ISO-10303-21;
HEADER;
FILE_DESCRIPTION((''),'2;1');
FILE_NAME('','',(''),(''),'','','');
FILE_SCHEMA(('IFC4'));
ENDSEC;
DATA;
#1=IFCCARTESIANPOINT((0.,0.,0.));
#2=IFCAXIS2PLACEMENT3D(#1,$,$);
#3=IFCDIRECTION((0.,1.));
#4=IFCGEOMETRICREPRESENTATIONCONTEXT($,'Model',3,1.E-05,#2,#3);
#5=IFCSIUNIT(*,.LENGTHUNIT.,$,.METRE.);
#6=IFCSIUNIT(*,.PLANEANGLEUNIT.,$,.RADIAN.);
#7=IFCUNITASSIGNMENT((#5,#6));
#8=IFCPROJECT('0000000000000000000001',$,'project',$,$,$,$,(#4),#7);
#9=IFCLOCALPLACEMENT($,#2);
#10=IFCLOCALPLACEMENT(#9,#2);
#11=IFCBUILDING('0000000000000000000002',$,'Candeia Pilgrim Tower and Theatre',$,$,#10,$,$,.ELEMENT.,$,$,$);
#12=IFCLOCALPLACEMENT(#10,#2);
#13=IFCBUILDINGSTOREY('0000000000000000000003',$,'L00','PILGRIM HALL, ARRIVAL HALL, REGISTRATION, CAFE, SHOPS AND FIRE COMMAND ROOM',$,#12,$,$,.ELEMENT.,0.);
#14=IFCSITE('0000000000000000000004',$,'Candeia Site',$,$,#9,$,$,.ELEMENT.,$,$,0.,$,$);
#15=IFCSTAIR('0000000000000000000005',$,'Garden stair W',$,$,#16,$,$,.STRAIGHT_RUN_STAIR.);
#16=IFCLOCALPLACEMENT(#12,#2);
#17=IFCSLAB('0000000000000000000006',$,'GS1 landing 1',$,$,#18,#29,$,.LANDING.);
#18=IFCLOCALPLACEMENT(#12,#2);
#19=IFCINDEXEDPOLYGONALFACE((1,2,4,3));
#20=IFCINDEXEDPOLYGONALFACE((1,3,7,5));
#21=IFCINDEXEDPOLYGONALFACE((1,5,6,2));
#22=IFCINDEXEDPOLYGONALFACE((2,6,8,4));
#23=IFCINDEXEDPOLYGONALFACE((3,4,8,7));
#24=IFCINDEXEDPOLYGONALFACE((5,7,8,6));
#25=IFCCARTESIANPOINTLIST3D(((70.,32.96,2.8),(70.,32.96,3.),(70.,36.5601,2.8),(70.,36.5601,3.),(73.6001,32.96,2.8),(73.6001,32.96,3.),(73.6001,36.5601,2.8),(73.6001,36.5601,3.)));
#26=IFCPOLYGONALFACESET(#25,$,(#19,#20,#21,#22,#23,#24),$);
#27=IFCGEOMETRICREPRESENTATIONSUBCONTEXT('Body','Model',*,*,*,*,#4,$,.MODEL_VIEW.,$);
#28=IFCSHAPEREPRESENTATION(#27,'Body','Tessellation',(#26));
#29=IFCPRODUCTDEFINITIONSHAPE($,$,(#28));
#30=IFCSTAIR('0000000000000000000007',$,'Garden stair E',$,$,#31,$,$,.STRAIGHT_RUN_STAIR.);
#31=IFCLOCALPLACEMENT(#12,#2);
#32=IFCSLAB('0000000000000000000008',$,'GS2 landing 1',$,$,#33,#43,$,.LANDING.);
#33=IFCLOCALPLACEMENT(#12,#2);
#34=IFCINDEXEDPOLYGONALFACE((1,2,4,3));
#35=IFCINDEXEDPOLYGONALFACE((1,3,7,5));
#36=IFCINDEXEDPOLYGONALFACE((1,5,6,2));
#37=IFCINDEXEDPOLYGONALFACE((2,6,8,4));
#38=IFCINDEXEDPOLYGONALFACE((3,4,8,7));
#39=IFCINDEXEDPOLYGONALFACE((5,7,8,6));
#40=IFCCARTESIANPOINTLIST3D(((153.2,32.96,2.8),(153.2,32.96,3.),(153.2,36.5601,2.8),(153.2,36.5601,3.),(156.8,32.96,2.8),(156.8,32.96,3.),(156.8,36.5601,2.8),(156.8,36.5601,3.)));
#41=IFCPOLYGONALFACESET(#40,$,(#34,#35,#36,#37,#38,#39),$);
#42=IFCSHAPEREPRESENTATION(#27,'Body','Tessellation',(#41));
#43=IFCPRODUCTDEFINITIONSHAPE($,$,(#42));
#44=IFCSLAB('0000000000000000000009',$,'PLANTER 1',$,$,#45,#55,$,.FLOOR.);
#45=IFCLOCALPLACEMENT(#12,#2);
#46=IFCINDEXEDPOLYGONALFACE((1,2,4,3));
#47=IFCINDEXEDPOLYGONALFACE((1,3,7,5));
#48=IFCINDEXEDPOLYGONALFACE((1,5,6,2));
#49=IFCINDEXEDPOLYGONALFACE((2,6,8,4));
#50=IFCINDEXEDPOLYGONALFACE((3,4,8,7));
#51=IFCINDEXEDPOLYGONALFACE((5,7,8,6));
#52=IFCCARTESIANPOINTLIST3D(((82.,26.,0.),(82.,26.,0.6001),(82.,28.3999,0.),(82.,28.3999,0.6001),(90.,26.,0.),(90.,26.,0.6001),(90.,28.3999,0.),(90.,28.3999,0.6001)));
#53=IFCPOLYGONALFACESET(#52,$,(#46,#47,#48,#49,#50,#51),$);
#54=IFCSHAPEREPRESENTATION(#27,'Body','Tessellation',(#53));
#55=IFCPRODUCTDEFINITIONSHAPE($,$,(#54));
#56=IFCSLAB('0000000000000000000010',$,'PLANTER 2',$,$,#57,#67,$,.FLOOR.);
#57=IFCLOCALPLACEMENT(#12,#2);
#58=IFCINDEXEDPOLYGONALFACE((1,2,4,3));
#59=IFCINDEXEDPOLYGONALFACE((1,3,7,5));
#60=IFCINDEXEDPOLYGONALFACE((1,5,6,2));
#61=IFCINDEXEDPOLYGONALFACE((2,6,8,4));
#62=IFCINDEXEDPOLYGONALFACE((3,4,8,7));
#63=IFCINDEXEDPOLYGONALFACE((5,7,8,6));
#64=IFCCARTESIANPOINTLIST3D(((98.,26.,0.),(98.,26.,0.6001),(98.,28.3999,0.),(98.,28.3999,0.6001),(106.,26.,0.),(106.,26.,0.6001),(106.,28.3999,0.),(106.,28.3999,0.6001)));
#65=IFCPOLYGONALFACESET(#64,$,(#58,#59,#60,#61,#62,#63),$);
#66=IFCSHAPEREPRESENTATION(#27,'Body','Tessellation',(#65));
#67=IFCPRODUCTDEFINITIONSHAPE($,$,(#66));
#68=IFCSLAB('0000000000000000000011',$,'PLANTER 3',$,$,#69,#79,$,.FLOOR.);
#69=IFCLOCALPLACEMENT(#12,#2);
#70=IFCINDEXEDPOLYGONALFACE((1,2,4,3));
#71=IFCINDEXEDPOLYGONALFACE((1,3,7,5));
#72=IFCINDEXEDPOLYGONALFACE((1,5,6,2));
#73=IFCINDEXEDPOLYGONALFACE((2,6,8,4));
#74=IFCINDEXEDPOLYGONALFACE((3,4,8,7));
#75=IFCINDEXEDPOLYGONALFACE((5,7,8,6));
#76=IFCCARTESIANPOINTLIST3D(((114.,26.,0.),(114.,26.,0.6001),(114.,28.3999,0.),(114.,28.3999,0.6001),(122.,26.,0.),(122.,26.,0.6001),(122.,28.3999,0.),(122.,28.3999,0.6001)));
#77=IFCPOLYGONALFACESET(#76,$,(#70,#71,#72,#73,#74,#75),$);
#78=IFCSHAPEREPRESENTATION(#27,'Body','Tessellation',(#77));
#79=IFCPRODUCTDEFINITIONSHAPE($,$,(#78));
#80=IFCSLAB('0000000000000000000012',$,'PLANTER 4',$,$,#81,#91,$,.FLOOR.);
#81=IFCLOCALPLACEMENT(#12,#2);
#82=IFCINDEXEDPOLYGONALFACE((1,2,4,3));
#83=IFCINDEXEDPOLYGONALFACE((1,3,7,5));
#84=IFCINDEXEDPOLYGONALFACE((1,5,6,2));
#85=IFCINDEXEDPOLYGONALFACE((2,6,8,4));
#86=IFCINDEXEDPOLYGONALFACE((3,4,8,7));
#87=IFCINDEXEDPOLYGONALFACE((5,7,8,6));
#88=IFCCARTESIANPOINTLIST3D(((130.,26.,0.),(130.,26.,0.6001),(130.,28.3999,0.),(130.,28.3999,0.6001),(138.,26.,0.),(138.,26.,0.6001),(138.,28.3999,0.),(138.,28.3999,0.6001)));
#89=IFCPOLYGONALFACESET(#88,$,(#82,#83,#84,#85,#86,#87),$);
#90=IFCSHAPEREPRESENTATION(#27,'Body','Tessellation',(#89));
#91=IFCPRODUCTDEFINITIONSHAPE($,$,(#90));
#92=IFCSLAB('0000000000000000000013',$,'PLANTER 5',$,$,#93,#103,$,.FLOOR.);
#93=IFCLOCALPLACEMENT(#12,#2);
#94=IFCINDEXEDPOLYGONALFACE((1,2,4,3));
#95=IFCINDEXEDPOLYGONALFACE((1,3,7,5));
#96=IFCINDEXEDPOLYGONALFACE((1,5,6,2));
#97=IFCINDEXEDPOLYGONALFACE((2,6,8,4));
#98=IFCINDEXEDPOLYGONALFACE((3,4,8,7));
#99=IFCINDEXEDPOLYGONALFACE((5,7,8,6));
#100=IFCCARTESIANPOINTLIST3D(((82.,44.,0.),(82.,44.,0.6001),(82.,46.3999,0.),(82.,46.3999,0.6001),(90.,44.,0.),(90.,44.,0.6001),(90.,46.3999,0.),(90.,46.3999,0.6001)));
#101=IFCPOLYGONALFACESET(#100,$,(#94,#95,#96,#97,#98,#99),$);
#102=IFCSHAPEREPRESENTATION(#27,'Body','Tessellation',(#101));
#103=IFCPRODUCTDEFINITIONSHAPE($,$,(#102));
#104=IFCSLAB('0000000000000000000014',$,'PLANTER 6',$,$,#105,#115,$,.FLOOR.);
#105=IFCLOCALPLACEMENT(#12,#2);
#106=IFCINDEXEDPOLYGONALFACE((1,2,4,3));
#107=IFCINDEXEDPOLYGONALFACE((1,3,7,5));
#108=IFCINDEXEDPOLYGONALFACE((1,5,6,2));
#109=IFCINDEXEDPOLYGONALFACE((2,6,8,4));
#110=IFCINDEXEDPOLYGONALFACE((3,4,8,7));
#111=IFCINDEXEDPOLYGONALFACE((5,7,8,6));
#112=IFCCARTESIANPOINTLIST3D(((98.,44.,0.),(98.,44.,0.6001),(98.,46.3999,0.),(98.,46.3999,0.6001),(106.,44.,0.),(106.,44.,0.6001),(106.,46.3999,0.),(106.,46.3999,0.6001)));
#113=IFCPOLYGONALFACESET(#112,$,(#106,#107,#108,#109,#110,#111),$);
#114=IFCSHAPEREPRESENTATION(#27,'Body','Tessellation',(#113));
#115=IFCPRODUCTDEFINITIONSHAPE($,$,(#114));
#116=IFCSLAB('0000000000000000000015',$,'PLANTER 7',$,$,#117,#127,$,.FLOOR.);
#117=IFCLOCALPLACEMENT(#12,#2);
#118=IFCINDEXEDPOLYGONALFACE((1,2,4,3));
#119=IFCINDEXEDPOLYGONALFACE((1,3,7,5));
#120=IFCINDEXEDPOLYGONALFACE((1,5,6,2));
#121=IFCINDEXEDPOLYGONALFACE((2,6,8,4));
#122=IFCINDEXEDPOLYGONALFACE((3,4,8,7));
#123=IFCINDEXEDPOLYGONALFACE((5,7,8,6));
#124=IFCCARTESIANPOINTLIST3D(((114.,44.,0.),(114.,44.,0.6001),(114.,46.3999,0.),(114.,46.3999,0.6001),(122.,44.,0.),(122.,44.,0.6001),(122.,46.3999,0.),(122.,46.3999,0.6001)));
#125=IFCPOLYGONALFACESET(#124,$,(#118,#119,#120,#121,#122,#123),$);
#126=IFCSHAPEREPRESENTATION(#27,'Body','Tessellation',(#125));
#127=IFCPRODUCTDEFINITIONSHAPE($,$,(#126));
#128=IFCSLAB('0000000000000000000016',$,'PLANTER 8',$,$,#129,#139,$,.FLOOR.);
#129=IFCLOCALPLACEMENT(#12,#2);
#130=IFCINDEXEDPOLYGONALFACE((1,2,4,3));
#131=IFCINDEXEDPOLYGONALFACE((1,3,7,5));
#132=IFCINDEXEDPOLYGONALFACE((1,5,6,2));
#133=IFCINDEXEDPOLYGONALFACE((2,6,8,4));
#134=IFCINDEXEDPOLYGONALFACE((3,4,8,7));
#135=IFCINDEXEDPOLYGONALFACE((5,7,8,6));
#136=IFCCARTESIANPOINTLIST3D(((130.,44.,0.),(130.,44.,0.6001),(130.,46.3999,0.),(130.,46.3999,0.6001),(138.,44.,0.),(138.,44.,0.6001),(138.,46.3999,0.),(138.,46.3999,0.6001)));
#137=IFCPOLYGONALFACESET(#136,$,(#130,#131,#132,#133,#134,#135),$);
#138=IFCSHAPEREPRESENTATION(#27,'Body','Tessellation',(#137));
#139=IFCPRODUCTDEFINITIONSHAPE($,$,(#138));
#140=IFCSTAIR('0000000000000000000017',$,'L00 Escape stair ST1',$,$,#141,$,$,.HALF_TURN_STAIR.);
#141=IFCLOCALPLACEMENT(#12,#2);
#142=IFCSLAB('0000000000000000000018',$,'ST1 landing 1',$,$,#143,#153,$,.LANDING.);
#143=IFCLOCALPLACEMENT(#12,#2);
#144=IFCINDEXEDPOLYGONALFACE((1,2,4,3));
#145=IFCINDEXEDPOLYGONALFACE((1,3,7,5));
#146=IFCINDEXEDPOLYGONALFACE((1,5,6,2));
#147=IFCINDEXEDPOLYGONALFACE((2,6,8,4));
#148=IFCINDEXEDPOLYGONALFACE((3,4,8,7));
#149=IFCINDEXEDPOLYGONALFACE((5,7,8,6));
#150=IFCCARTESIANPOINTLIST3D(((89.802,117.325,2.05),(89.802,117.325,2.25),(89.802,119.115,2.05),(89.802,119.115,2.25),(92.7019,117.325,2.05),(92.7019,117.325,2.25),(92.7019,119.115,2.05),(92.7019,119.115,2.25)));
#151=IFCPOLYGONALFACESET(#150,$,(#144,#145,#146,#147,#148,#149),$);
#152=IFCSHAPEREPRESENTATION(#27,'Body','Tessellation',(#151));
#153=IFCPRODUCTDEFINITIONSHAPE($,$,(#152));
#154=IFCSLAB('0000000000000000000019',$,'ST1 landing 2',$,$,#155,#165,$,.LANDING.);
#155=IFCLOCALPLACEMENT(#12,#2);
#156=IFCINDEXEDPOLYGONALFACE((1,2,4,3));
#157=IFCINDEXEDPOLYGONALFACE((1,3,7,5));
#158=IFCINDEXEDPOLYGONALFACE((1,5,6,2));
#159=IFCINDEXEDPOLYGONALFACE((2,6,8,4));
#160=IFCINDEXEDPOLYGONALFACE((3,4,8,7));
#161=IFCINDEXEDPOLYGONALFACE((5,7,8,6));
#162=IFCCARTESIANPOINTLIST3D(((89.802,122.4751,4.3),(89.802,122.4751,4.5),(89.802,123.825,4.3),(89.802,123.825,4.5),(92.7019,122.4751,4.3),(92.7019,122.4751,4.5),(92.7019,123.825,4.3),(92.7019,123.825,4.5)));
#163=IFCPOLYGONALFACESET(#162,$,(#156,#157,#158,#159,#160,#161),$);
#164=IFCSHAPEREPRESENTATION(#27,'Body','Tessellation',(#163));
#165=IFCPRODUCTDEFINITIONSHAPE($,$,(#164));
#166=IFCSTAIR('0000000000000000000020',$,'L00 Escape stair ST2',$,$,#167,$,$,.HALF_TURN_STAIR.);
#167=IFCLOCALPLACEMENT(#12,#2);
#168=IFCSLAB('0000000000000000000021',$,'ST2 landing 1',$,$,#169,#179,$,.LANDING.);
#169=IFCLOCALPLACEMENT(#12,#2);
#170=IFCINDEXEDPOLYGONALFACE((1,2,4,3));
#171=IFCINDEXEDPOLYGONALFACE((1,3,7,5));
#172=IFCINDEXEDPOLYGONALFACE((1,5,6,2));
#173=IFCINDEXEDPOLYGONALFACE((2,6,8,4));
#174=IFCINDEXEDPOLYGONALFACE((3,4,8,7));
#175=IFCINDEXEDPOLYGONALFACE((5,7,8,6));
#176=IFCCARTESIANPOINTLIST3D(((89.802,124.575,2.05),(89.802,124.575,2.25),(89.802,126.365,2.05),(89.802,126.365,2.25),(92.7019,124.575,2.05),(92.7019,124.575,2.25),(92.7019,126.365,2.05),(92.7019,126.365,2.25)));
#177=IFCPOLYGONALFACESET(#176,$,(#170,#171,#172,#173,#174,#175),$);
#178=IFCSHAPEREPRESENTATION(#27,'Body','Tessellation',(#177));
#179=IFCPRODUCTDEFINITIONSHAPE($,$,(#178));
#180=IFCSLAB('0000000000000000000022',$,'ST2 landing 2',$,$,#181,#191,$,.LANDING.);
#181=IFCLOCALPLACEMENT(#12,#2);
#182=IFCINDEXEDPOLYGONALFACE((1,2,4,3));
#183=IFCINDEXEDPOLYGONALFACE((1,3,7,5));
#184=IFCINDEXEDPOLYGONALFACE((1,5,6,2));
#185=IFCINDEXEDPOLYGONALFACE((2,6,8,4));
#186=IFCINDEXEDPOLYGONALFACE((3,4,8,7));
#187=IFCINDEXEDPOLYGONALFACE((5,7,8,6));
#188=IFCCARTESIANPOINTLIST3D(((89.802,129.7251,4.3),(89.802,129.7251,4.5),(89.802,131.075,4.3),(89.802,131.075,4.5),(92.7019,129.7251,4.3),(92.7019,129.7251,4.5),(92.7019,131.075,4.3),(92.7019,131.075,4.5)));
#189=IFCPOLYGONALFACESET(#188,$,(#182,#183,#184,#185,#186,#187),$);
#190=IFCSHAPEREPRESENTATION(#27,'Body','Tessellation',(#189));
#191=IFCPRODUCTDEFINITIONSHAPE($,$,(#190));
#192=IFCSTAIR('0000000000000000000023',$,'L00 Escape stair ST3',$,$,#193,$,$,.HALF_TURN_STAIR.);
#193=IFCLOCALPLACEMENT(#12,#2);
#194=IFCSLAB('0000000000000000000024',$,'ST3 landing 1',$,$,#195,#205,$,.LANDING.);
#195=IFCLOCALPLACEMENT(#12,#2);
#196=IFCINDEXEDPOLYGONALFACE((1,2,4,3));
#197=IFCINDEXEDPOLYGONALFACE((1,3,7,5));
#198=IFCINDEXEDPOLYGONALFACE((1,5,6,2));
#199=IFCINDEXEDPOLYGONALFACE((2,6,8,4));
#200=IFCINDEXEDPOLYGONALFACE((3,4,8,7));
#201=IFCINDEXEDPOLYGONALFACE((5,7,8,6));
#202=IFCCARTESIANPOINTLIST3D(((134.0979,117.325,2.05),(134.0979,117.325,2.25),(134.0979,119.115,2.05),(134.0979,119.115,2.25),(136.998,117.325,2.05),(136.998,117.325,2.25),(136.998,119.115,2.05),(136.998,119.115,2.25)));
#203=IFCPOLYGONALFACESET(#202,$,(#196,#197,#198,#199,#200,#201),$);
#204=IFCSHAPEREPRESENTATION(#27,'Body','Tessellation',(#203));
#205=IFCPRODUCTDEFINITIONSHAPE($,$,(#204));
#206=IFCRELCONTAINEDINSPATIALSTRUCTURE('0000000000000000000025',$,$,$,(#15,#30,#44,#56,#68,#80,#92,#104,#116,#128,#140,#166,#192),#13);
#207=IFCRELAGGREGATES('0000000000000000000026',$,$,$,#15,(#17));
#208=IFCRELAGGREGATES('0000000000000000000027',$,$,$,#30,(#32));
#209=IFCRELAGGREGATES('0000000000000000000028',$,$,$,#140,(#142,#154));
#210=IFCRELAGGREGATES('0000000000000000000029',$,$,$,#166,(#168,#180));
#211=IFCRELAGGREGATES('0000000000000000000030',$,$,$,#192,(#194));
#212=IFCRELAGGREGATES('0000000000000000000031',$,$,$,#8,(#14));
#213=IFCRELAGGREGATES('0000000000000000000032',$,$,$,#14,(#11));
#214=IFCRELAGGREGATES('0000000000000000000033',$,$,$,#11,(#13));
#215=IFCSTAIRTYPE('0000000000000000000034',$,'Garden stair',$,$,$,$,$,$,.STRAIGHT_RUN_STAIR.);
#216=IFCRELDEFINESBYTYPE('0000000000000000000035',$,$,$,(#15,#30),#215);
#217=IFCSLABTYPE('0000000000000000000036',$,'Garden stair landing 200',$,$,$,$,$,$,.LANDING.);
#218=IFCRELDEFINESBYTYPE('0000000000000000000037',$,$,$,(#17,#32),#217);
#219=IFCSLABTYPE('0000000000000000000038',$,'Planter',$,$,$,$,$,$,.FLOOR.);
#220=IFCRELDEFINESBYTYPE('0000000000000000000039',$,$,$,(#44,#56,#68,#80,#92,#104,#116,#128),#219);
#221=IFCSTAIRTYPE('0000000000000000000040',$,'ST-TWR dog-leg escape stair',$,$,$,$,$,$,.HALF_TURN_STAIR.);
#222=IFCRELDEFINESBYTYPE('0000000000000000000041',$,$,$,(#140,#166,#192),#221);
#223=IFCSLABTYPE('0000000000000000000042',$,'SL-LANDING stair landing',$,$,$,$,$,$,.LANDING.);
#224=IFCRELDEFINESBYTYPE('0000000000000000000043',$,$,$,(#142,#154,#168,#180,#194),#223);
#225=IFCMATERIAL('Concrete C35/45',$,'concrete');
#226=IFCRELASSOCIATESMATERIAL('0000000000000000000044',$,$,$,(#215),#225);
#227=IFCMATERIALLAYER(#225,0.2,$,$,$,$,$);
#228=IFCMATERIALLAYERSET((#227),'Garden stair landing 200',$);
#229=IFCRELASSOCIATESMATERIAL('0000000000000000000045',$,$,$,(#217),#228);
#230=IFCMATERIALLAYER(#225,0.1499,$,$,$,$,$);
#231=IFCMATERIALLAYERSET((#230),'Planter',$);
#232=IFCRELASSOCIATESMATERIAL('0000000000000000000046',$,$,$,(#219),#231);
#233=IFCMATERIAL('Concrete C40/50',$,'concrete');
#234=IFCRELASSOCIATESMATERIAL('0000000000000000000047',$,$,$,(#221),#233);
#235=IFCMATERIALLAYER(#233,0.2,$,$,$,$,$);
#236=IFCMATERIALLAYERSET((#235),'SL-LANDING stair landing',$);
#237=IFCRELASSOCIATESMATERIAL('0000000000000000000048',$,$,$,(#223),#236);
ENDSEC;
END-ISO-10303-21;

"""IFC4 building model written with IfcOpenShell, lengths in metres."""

from ifc_helpers import new_model, si_unit, direction, frame, origin, place, context, subcontext, project, spatial, polyline, outline, extrude, material, layer, layer_set, type_object, element, aggregate, save


model = new_model("IFC4")

# Units and contexts
model_context = context("Model", 3, precision=1e-05, world=origin(), true_north=direction((0.0, 1.0)))
body_context = subcontext(model_context, "Body", "Model", "MODEL_VIEW")
ifc_project = project(units=[si_unit("LENGTHUNIT", "METRE"), si_unit("PLANEANGLEUNIT", "RADIAN")], contexts=[model_context])

# Site, building, storey
site_placement = place(None, origin())
site = spatial("IfcSite", under=ifc_project, at=site_placement, Name="Candeia Site", CompositionType="ELEMENT", RefElevation=0.0)
building_placement = place(site_placement, origin())
building = spatial("IfcBuilding", under=site, at=building_placement, Name="Candeia Pilgrim Tower and Theatre", CompositionType="ELEMENT")
storey_placement = place(building_placement, origin())
storey = spatial("IfcBuildingStorey", under=building, at=storey_placement, Name="L00", Description="PILGRIM HALL, ARRIVAL HALL, REGISTRATION, CAFE, SHOPS AND FIRE COMMAND ROOM", CompositionType="ELEMENT", Elevation=0.0)

# Stairs, slabs
ifc_material_1 = material(Name="Concrete C35/45", Category="concrete")
stair_type_1 = type_object("IfcStairType", Name="Garden stair", PredefinedType="STRAIGHT_RUN_STAIR", material=ifc_material_1)
stair_1_placement = place(storey_placement, origin())
stair_1 = element("IfcStair", 1, at=stair_1_placement, inside=storey, type_object=stair_type_1, Name="Garden stair W", PredefinedType="STRAIGHT_RUN_STAIR")
ifc_layer_1 = layer(ifc_material_1, 0.2)
ifc_layer_set_1 = layer_set([ifc_layer_1], Name="Garden stair landing 200")
slab_type_1 = type_object("IfcSlabType", Name="Garden stair landing 200", PredefinedType="LANDING", material=ifc_layer_set_1)
slab_1_placement = place(storey_placement, frame((0.0, 0.0, 2.8)))
slab_1 = element("IfcSlab", 2, at=slab_1_placement, type_object=slab_type_1, Name="GS1 landing 1", PredefinedType="LANDING", context=body_context, shape_type="SweptSolid", body=[
    extrude(outline(polyline([(70.0, 32.96), (73.6001, 32.96), (73.6001, 36.5601), (70.0, 36.5601), (70.0, 32.96)])), origin(), (0.0, 0.0, 1.0), 0.2),
])
aggregate(stair_1, [slab_1])
stair_2_placement = place(storey_placement, origin())
stair_2 = element("IfcStair", 3, at=stair_2_placement, inside=storey, type_object=stair_type_1, Name="Garden stair E", PredefinedType="STRAIGHT_RUN_STAIR")
slab_2_placement = place(storey_placement, frame((0.0, 0.0, 2.8)))
slab_2 = element("IfcSlab", 4, at=slab_2_placement, type_object=slab_type_1, Name="GS2 landing 1", PredefinedType="LANDING", context=body_context, shape_type="SweptSolid", body=[
    extrude(outline(polyline([(153.2, 32.96), (156.8, 32.96), (156.8, 36.5601), (153.2, 36.5601), (153.2, 32.96)])), origin(), (0.0, 0.0, 1.0), 0.2),
])
aggregate(stair_2, [slab_2])

# Slabs
ifc_layer_2 = layer(ifc_material_1, 0.1499)
ifc_layer_set_2 = layer_set([ifc_layer_2], Name="Planter")
slab_type_2 = type_object("IfcSlabType", Name="Planter", PredefinedType="FLOOR", material=ifc_layer_set_2)
slab_3_placement = place(storey_placement, origin())
element("IfcSlab", 5, at=slab_3_placement, inside=storey, type_object=slab_type_2, Name="PLANTER 1", PredefinedType="FLOOR", context=body_context, shape_type="SweptSolid", body=[
    extrude(outline(polyline([(82.0, 26.0), (90.0, 26.0), (90.0, 28.3999), (82.0, 28.3999), (82.0, 26.0)])), origin(), (0.0, 0.0, 1.0), 0.6001),
])
slab_4_placement = place(storey_placement, origin())
element("IfcSlab", 6, at=slab_4_placement, inside=storey, type_object=slab_type_2, Name="PLANTER 2", PredefinedType="FLOOR", context=body_context, shape_type="SweptSolid", body=[
    extrude(outline(polyline([(98.0, 26.0), (106.0, 26.0), (106.0, 28.3999), (98.0, 28.3999), (98.0, 26.0)])), origin(), (0.0, 0.0, 1.0), 0.6001),
])
slab_5_placement = place(storey_placement, origin())
element("IfcSlab", 7, at=slab_5_placement, inside=storey, type_object=slab_type_2, Name="PLANTER 3", PredefinedType="FLOOR", context=body_context, shape_type="SweptSolid", body=[
    extrude(outline(polyline([(114.0, 26.0), (122.0, 26.0), (122.0, 28.3999), (114.0, 28.3999), (114.0, 26.0)])), origin(), (0.0, 0.0, 1.0), 0.6001),
])
slab_6_placement = place(storey_placement, origin())
element("IfcSlab", 8, at=slab_6_placement, inside=storey, type_object=slab_type_2, Name="PLANTER 4", PredefinedType="FLOOR", context=body_context, shape_type="SweptSolid", body=[
    extrude(outline(polyline([(130.0, 26.0), (138.0, 26.0), (138.0, 28.3999), (130.0, 28.3999), (130.0, 26.0)])), origin(), (0.0, 0.0, 1.0), 0.6001),
])
slab_7_placement = place(storey_placement, origin())
element("IfcSlab", 9, at=slab_7_placement, inside=storey, type_object=slab_type_2, Name="PLANTER 5", PredefinedType="FLOOR", context=body_context, shape_type="SweptSolid", body=[
    extrude(outline(polyline([(82.0, 44.0), (90.0, 44.0), (90.0, 46.3999), (82.0, 46.3999), (82.0, 44.0)])), origin(), (0.0, 0.0, 1.0), 0.6001),
])
slab_8_placement = place(storey_placement, origin())
element("IfcSlab", 10, at=slab_8_placement, inside=storey, type_object=slab_type_2, Name="PLANTER 6", PredefinedType="FLOOR", context=body_context, shape_type="SweptSolid", body=[
    extrude(outline(polyline([(98.0, 44.0), (106.0, 44.0), (106.0, 46.3999), (98.0, 46.3999), (98.0, 44.0)])), origin(), (0.0, 0.0, 1.0), 0.6001),
])
slab_9_placement = place(storey_placement, origin())
element("IfcSlab", 11, at=slab_9_placement, inside=storey, type_object=slab_type_2, Name="PLANTER 7", PredefinedType="FLOOR", context=body_context, shape_type="SweptSolid", body=[
    extrude(outline(polyline([(114.0, 44.0), (122.0, 44.0), (122.0, 46.3999), (114.0, 46.3999), (114.0, 44.0)])), origin(), (0.0, 0.0, 1.0), 0.6001),
])
slab_10_placement = place(storey_placement, origin())
element("IfcSlab", 12, at=slab_10_placement, inside=storey, type_object=slab_type_2, Name="PLANTER 8", PredefinedType="FLOOR", context=body_context, shape_type="SweptSolid", body=[
    extrude(outline(polyline([(130.0, 44.0), (138.0, 44.0), (138.0, 46.3999), (130.0, 46.3999), (130.0, 44.0)])), origin(), (0.0, 0.0, 1.0), 0.6001),
])

# Stairs, slabs
ifc_material_2 = material(Name="Concrete C40/50", Category="concrete")
stair_type_2 = type_object("IfcStairType", Name="ST-TWR dog-leg escape stair", PredefinedType="HALF_TURN_STAIR", material=ifc_material_2)
stair_3_placement = place(storey_placement, origin())
stair_3 = element("IfcStair", 13, at=stair_3_placement, inside=storey, type_object=stair_type_2, Name="L00 Escape stair ST1", PredefinedType="HALF_TURN_STAIR")
ifc_layer_3 = layer(ifc_material_2, 0.2)
ifc_layer_set_3 = layer_set([ifc_layer_3], Name="SL-LANDING stair landing")
slab_type_3 = type_object("IfcSlabType", Name="SL-LANDING stair landing", PredefinedType="LANDING", material=ifc_layer_set_3)
slab_11_placement = place(storey_placement, frame((0.0, 0.0, 2.05)))
slab_11 = element("IfcSlab", 14, at=slab_11_placement, type_object=slab_type_3, Name="ST1 landing 1", PredefinedType="LANDING", context=body_context, shape_type="SweptSolid", body=[
    extrude(outline(polyline([(89.802, 119.115), (89.802, 117.325), (92.7019, 117.325), (92.7019, 119.115), (89.802, 119.115)])), origin(), (0.0, 0.0, 1.0), 0.2),
])
slab_12_placement = place(storey_placement, frame((0.0, 0.0, 4.3)))
slab_12 = element("IfcSlab", 15, at=slab_12_placement, type_object=slab_type_3, Name="ST1 landing 2", PredefinedType="LANDING", context=body_context, shape_type="SweptSolid", body=[
    extrude(outline(polyline([(89.802, 123.825), (89.802, 122.4751), (92.7019, 122.4751), (92.7019, 123.825), (89.802, 123.825)])), origin(), (0.0, 0.0, 1.0), 0.2),
])
aggregate(stair_3, [slab_11, slab_12])
stair_4_placement = place(storey_placement, origin())
stair_4 = element("IfcStair", 16, at=stair_4_placement, inside=storey, type_object=stair_type_2, Name="L00 Escape stair ST2", PredefinedType="HALF_TURN_STAIR")
slab_13_placement = place(storey_placement, frame((0.0, 0.0, 2.05)))
slab_13 = element("IfcSlab", 17, at=slab_13_placement, type_object=slab_type_3, Name="ST2 landing 1", PredefinedType="LANDING", context=body_context, shape_type="SweptSolid", body=[
    extrude(outline(polyline([(89.802, 126.365), (89.802, 124.575), (92.7019, 124.575), (92.7019, 126.365), (89.802, 126.365)])), origin(), (0.0, 0.0, 1.0), 0.2),
])
slab_14_placement = place(storey_placement, frame((0.0, 0.0, 4.3)))
slab_14 = element("IfcSlab", 18, at=slab_14_placement, type_object=slab_type_3, Name="ST2 landing 2", PredefinedType="LANDING", context=body_context, shape_type="SweptSolid", body=[
    extrude(outline(polyline([(89.802, 131.075), (89.802, 129.7251), (92.7019, 129.7251), (92.7019, 131.075), (89.802, 131.075)])), origin(), (0.0, 0.0, 1.0), 0.2),
])
aggregate(stair_4, [slab_13, slab_14])
stair_5_placement = place(storey_placement, origin())
stair_5 = element("IfcStair", 19, at=stair_5_placement, inside=storey, type_object=stair_type_2, Name="L00 Escape stair ST3", PredefinedType="HALF_TURN_STAIR")
slab_15_placement = place(storey_placement, frame((0.0, 0.0, 2.05)))
slab_15 = element("IfcSlab", 20, at=slab_15_placement, type_object=slab_type_3, Name="ST3 landing 1", PredefinedType="LANDING", context=body_context, shape_type="SweptSolid", body=[
    extrude(outline(polyline([(134.0979, 119.115), (134.0979, 117.325), (136.998, 117.325), (136.998, 119.115), (134.0979, 119.115)])), origin(), (0.0, 0.0, 1.0), 0.2),
])
aggregate(stair_5, [slab_15])

save(model, "model.ifc")
